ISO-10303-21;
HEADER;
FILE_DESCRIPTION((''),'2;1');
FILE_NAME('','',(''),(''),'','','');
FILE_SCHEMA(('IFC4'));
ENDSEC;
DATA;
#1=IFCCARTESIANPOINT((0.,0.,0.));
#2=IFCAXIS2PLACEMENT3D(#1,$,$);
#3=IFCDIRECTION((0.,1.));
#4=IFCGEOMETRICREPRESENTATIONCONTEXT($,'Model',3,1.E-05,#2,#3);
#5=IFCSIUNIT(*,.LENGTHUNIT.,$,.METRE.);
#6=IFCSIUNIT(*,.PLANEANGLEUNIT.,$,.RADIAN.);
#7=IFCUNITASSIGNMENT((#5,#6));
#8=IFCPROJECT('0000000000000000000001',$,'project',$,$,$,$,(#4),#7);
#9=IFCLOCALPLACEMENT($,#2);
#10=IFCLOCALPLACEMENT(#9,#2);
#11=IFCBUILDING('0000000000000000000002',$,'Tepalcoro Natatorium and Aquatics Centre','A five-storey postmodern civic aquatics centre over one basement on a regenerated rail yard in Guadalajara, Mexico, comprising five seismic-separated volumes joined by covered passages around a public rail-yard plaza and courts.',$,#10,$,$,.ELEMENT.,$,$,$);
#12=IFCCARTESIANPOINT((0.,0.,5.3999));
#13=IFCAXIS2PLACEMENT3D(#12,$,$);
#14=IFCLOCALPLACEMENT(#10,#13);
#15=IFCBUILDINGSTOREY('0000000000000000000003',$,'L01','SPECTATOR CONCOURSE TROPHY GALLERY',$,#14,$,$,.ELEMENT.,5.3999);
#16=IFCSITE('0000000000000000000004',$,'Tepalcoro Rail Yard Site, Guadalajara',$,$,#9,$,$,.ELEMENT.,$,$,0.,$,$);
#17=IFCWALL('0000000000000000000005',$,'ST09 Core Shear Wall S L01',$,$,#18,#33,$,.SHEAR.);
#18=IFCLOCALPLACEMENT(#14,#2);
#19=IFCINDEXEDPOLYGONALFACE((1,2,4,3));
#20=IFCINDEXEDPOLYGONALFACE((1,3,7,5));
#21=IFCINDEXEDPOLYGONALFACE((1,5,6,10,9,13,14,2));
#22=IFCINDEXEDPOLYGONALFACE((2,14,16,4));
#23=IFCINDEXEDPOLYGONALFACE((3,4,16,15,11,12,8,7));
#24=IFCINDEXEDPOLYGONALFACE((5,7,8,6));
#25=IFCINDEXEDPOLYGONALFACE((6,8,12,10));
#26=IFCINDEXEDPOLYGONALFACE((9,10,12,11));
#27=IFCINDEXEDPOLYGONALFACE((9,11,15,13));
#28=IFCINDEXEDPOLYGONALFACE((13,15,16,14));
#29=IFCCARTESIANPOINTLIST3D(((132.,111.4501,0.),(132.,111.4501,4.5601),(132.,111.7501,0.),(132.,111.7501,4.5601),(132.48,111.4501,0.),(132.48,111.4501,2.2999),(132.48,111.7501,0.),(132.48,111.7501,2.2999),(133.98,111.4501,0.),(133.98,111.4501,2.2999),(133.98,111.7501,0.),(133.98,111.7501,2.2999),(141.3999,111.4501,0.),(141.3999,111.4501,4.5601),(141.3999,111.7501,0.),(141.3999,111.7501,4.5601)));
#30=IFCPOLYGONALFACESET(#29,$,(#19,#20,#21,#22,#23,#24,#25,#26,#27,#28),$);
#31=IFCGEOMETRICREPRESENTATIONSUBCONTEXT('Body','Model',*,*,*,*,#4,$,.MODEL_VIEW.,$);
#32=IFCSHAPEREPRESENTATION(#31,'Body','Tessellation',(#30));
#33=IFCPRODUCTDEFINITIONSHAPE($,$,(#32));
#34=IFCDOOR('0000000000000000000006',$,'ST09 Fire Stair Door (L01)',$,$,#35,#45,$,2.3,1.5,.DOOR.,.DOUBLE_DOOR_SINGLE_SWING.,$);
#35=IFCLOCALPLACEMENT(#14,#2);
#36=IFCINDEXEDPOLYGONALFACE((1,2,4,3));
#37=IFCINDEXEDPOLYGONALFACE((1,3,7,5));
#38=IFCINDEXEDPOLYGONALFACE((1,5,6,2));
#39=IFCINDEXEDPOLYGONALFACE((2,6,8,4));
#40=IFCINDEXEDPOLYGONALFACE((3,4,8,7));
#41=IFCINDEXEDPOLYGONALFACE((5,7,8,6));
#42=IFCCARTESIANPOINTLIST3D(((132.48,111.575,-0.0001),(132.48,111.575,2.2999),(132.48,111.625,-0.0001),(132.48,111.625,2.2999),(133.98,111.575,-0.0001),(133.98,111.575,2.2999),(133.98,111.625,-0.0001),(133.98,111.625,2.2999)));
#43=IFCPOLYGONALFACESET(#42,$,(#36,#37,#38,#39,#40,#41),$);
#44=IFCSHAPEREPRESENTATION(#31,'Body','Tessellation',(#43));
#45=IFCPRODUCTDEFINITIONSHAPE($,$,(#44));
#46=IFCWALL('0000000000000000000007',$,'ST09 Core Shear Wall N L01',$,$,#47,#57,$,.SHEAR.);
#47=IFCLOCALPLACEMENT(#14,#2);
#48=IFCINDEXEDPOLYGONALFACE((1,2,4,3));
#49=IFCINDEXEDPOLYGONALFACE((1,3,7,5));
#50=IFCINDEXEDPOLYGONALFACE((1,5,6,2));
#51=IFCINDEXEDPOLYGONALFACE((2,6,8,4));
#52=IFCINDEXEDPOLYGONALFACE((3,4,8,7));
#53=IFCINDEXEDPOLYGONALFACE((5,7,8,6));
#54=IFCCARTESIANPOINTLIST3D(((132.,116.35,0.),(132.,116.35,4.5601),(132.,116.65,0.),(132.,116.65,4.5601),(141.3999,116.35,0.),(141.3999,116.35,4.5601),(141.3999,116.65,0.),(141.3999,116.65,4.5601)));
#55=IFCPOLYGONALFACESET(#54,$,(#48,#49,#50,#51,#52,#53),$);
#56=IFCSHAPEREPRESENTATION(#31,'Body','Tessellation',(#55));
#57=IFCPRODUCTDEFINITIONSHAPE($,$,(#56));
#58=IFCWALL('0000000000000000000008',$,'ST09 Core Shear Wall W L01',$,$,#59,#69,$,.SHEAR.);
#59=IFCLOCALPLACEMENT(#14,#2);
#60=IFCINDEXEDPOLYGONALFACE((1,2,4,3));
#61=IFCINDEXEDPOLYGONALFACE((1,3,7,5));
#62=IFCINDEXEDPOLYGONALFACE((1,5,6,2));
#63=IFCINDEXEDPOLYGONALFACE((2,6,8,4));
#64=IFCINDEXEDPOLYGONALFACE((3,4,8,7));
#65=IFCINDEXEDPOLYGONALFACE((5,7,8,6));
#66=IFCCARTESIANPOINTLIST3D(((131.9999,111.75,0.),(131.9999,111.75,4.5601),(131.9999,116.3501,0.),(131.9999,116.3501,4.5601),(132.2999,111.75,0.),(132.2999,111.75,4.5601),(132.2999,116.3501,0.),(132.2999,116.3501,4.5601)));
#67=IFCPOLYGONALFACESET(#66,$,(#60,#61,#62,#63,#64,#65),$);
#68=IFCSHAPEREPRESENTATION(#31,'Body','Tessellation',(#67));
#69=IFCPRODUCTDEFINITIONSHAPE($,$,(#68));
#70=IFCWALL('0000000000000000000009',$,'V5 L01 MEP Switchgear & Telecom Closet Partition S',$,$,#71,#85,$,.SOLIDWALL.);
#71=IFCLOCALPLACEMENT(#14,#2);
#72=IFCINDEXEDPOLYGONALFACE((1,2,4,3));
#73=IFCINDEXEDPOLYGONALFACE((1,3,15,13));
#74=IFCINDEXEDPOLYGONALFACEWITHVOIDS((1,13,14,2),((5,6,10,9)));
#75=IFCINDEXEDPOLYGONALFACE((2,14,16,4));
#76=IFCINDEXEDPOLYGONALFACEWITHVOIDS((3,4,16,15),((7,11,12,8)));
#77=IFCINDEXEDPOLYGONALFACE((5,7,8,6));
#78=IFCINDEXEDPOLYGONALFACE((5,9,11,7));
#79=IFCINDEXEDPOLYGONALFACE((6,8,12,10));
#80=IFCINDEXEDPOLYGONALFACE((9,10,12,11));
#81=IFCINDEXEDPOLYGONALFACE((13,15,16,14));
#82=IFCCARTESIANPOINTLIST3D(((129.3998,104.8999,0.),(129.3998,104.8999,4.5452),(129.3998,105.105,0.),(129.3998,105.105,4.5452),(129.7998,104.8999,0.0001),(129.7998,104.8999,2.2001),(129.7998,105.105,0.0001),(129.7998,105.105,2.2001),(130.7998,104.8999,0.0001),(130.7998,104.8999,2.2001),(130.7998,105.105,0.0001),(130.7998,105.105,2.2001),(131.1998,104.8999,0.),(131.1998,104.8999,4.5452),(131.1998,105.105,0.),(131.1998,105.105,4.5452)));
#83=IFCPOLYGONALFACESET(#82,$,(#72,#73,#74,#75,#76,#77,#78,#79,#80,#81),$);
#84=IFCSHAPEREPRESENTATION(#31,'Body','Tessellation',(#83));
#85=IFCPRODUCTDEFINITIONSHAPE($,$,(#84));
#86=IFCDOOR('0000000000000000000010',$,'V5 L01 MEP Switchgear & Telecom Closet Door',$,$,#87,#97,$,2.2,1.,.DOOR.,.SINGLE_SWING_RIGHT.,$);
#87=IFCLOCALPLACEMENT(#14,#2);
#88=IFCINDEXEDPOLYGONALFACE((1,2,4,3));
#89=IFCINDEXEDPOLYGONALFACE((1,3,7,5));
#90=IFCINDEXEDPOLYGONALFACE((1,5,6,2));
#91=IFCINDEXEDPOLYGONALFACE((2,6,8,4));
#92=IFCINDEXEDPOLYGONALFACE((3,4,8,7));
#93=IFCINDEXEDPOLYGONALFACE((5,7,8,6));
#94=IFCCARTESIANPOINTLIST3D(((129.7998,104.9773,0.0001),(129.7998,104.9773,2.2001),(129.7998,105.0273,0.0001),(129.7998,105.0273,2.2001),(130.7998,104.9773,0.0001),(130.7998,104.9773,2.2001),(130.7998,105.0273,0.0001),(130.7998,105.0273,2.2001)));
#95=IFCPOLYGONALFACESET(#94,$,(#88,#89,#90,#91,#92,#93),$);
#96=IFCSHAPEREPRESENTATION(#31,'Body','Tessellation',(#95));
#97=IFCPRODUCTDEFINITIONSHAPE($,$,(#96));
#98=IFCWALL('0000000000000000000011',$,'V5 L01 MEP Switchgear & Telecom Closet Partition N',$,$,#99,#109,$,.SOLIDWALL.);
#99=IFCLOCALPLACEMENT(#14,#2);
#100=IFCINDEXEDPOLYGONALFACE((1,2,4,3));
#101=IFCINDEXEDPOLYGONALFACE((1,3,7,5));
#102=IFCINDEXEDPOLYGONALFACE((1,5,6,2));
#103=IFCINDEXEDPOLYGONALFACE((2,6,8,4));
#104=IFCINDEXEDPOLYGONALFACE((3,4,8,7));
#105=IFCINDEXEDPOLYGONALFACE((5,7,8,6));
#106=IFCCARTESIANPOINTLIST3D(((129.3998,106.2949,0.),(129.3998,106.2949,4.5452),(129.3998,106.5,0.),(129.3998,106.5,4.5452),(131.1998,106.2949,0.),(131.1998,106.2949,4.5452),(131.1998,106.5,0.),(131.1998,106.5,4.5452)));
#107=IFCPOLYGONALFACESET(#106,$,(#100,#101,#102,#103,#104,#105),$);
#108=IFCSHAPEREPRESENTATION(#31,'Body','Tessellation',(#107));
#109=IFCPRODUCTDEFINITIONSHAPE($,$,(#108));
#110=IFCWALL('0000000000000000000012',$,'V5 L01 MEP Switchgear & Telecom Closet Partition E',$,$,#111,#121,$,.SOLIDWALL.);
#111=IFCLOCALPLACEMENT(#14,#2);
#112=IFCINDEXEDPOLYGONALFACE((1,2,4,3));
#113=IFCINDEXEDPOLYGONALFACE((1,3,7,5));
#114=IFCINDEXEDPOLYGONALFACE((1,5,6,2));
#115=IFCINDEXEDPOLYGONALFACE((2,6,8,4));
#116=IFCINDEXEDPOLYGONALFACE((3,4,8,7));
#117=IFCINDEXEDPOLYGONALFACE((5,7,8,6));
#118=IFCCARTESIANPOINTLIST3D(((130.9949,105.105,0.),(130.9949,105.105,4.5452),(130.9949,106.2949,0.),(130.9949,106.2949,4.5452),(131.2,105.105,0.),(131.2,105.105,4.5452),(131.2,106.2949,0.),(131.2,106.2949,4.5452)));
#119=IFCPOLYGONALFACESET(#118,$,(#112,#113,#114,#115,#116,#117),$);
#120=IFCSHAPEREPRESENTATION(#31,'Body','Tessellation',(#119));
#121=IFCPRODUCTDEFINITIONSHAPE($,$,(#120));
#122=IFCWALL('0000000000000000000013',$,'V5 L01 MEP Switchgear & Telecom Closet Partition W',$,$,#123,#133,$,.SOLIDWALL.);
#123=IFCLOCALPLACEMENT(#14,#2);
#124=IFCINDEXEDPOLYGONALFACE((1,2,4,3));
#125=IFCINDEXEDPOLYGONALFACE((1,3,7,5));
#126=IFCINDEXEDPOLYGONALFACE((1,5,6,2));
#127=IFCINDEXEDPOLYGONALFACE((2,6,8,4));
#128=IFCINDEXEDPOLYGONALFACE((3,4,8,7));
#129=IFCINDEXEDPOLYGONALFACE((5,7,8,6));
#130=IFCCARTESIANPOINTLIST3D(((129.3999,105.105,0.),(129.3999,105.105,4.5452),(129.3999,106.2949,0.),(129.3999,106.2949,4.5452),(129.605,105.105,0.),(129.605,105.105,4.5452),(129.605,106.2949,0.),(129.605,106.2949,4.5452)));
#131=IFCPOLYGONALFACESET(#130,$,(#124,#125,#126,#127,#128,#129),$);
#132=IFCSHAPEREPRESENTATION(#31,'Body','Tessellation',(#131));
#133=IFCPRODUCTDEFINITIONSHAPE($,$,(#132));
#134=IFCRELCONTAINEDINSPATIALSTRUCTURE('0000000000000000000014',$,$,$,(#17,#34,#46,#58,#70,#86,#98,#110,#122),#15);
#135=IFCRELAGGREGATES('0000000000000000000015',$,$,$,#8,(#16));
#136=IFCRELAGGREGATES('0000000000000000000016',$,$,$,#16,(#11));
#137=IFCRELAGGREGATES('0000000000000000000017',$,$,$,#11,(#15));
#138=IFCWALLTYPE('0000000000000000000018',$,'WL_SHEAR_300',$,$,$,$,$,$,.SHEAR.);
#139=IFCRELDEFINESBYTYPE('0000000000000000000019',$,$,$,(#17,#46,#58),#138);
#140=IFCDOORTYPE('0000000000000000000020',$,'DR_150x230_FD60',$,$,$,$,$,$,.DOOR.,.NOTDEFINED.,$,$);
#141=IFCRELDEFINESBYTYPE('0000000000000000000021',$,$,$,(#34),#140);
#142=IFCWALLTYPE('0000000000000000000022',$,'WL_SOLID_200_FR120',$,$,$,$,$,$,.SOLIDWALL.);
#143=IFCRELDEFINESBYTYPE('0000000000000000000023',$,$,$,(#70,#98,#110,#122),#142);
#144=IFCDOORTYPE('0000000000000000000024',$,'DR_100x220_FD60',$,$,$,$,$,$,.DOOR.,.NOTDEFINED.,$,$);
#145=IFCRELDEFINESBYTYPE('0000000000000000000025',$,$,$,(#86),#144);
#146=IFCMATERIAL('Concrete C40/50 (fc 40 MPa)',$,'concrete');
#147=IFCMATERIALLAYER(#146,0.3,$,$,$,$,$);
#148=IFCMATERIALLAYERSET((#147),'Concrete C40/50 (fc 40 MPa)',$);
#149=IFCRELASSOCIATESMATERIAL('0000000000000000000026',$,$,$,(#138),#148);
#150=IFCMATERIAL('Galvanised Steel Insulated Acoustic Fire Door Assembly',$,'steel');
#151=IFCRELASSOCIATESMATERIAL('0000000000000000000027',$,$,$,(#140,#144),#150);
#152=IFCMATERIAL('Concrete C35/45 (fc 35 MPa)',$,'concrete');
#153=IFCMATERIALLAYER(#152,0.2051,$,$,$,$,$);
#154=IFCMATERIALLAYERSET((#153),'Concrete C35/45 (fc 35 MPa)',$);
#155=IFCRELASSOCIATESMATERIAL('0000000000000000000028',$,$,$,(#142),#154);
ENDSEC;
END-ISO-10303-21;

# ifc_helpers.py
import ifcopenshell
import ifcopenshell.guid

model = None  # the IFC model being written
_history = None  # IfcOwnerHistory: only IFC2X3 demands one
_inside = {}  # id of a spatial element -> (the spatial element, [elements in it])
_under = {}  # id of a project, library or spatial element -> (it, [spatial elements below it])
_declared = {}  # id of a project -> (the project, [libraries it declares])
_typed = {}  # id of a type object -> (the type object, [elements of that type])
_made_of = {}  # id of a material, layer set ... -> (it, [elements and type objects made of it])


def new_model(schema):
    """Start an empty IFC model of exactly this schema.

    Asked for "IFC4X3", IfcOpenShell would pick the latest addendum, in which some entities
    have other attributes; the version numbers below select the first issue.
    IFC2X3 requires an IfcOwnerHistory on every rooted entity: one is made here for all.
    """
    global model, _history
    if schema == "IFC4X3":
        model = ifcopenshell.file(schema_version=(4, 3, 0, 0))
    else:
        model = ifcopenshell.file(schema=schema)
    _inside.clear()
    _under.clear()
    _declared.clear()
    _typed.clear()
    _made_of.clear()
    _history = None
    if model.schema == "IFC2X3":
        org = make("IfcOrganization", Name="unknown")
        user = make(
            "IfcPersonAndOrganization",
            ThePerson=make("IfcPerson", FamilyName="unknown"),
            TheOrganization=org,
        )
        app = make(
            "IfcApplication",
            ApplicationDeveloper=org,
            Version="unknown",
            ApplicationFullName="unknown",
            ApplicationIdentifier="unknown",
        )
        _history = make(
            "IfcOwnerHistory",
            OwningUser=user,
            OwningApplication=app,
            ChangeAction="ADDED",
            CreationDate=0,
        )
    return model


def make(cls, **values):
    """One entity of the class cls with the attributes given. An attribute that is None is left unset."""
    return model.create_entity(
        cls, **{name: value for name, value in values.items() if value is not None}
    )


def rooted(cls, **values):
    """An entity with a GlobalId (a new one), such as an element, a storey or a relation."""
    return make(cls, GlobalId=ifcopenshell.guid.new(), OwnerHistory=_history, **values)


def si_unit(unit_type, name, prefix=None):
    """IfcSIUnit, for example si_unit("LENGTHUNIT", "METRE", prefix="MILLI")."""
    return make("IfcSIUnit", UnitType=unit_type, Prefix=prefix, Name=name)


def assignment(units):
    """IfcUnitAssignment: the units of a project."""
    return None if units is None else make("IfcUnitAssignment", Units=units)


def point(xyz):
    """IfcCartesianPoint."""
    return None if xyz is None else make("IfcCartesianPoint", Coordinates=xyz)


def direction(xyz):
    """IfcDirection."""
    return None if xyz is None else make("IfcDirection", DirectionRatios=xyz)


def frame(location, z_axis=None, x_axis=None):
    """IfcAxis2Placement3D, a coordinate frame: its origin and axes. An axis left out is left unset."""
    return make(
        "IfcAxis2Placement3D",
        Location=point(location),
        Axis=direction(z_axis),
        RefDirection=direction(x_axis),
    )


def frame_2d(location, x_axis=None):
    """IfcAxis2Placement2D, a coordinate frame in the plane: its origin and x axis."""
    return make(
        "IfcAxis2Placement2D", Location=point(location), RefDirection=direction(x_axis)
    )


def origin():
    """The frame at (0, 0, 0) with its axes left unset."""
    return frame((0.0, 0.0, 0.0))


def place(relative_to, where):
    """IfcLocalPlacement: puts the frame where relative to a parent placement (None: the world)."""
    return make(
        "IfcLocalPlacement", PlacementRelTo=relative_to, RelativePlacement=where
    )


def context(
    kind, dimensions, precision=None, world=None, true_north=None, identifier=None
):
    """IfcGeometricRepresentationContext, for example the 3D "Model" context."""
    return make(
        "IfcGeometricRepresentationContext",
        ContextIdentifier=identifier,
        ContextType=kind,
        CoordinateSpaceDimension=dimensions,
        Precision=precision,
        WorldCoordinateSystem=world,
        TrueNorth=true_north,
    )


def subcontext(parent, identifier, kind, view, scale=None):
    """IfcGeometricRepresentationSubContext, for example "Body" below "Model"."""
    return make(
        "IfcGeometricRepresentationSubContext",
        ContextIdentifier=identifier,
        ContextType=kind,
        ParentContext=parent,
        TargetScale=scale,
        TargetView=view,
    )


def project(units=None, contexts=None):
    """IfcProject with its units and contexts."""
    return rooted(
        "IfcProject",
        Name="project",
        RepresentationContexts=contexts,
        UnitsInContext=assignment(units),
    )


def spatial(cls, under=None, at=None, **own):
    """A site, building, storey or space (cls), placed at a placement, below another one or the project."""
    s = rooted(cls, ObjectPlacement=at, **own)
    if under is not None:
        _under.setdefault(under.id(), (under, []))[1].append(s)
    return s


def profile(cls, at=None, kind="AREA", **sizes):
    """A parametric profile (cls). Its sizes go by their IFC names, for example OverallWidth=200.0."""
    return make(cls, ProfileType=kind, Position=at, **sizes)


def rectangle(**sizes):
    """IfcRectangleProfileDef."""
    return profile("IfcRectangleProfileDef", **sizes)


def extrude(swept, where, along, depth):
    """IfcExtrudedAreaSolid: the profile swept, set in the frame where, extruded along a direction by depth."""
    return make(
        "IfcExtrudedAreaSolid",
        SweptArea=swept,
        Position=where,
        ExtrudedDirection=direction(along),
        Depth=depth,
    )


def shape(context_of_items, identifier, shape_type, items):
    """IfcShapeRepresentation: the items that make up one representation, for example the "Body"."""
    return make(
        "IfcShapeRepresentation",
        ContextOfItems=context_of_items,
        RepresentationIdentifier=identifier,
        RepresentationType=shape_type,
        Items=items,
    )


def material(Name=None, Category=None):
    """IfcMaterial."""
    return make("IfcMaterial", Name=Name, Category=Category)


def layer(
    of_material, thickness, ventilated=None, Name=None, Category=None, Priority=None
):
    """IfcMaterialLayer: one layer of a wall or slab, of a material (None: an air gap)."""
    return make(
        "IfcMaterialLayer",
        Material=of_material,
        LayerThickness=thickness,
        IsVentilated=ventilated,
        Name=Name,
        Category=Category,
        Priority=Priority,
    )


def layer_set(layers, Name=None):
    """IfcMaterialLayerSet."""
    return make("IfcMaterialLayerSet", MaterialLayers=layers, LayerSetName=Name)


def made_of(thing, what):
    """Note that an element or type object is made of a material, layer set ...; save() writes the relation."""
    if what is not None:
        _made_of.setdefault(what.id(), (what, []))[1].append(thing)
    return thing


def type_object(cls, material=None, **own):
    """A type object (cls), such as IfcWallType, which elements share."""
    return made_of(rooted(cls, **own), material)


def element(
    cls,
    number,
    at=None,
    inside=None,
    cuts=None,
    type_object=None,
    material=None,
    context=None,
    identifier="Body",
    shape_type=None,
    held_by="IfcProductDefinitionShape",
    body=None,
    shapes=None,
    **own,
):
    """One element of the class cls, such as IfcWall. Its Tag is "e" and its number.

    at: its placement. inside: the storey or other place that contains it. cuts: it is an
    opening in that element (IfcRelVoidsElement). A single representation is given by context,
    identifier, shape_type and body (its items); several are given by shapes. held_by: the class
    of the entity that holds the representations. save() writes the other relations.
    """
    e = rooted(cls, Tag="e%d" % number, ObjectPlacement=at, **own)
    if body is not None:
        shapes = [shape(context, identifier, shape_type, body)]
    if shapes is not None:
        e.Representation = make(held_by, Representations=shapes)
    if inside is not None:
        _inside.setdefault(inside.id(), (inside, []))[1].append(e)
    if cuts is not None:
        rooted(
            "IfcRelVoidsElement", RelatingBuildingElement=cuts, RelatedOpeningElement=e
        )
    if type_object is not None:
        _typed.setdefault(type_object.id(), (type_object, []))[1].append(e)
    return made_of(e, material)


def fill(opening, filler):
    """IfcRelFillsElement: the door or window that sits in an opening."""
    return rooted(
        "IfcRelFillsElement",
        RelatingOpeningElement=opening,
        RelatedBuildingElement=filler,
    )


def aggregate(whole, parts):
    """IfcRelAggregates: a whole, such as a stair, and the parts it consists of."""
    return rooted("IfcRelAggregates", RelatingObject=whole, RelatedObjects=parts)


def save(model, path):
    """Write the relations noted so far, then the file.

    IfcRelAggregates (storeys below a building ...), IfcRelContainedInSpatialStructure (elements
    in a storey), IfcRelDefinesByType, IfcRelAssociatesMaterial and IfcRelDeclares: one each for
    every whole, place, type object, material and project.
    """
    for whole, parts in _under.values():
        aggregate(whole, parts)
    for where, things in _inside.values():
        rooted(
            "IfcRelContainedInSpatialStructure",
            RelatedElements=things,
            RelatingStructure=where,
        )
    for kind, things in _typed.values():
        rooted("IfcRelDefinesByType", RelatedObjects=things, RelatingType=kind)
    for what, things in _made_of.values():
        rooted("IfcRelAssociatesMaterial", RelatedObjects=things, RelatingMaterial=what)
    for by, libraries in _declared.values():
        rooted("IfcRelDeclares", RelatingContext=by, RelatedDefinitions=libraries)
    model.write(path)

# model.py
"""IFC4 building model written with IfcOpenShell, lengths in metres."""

from ifc_helpers import new_model, si_unit, direction, frame, frame_2d, origin, place, context, subcontext, project, spatial, rectangle, extrude, material, layer, layer_set, type_object, element, fill, save


model = new_model("IFC4")

# Units and contexts
model_context = context("Model", 3, precision=1e-05, world=origin(), true_north=direction((0.0, 1.0)))
body_context = subcontext(model_context, "Body", "Model", "MODEL_VIEW")
ifc_project = project(units=[si_unit("LENGTHUNIT", "METRE"), si_unit("PLANEANGLEUNIT", "RADIAN")], contexts=[model_context])

# Site, building, storey
site_placement = place(None, origin())
site = spatial("IfcSite", under=ifc_project, at=site_placement, Name="Tepalcoro Rail Yard Site, Guadalajara", CompositionType="ELEMENT", RefElevation=0.0)
building_placement = place(site_placement, origin())
building = spatial("IfcBuilding", under=site, at=building_placement, Name="Tepalcoro Natatorium and Aquatics Centre", Description="A five-storey postmodern civic aquatics centre over one basement on a regenerated rail yard in Guadalajara, Mexico, comprising five seismic-separated volumes joined by covered passages around a public rail-yard plaza and courts.", CompositionType="ELEMENT")
storey_placement = place(building_placement, frame((0.0, 0.0, 5.3999)))
storey = spatial("IfcBuildingStorey", under=building, at=storey_placement, Name="L01", Description="SPECTATOR CONCOURSE TROPHY GALLERY", CompositionType="ELEMENT", Elevation=5.3999)

# Shared definitions
ifc_material_1 = material(Name="Concrete C40/50 (fc 40 MPa)", Category="concrete")

# Wall, opening, door
ifc_layer_1 = layer(ifc_material_1, 0.3)
ifc_layer_set_1 = layer_set([ifc_layer_1], Name="Concrete C40/50 (fc 40 MPa)")
wall_type_1 = type_object("IfcWallType", Name="WL_SHEAR_300", PredefinedType="SHEAR", material=ifc_layer_set_1)
wall_1_placement = place(storey_placement, frame((132.0, 111.6001, 0.0), z_axis=(0.0, 0.0, 1.0), x_axis=(1.0, 0.0, 0.0)))
wall_1 = element("IfcWall", 1, at=wall_1_placement, inside=storey, type_object=wall_type_1, Name="ST09 Core Shear Wall S L01", PredefinedType="SHEAR", context=body_context, shape_type="SweptSolid", body=[
    extrude(rectangle(XDim=9.3999, YDim=0.3, at=frame_2d((4.7, 0.0))), origin(), (0.0, 0.0, 1.0), 4.5601),
])
opening_1_placement = place(wall_1_placement, frame((0.48, 0.0, 0.0)))
opening_1 = element("IfcOpeningElement", 2, at=opening_1_placement, cuts=wall_1, PredefinedType="OPENING", context=body_context, shape_type="SweptSolid", body=[
    extrude(rectangle(XDim=1.5, YDim=2.3, at=frame_2d((0.75, 1.1499))), frame((0.0, 0.1621, 0.0), z_axis=(0.0, -1.0, 0.0), x_axis=(1.0, 0.0, 0.0)), (0.0, 0.0, 1.0), 0.324),
])
ifc_material_2 = material(Name="Galvanised Steel Insulated Acoustic Fire Door Assembly", Category="steel")
door_type_1 = type_object("IfcDoorType", Name="DR_150x230_FD60", OperationType="NOTDEFINED", PredefinedType="DOOR", material=ifc_material_2)
door_1_placement = place(opening_1_placement, origin())
door_1 = element("IfcDoor", 3, at=door_1_placement, inside=storey, type_object=door_type_1, Name="ST09 Fire Stair Door (L01)", OperationType="DOUBLE_DOOR_SINGLE_SWING", OverallHeight=2.3, OverallWidth=1.5, PredefinedType="DOOR", context=body_context, shape_type="SweptSolid", body=[
    extrude(rectangle(XDim=1.5, YDim=2.3, at=frame_2d((0.75, 1.1499))), frame((0.0, 0.0249, 0.0), z_axis=(0.0, -1.0, 0.0), x_axis=(1.0, 0.0, 0.0)), (0.0, 0.0, 1.0), 0.05),
])
fill(opening_1, door_1)

# Walls
wall_2_placement = place(storey_placement, frame((132.0, 116.5, 0.0), z_axis=(0.0, 0.0, 1.0), x_axis=(1.0, 0.0, 0.0)))
element("IfcWall", 4, at=wall_2_placement, inside=storey, type_object=wall_type_1, Name="ST09 Core Shear Wall N L01", PredefinedType="SHEAR", context=body_context, shape_type="SweptSolid", body=[
    extrude(rectangle(XDim=9.3999, YDim=0.3, at=frame_2d((4.7, 0.0))), origin(), (0.0, 0.0, 1.0), 4.5601),
])
wall_3_placement = place(storey_placement, frame((132.1499, 111.75, 0.0), z_axis=(0.0, 0.0, 1.0), x_axis=(0.0, 1.0, 0.0)))
element("IfcWall", 5, at=wall_3_placement, inside=storey, type_object=wall_type_1, Name="ST09 Core Shear Wall W L01", PredefinedType="SHEAR", context=body_context, shape_type="SweptSolid", body=[
    extrude(rectangle(XDim=4.6001, YDim=0.3, at=frame_2d((2.3, 0.0))), origin(), (0.0, 0.0, 1.0), 4.5601),
])

# Wall, opening, door
ifc_material_3 = material(Name="Concrete C35/45 (fc 35 MPa)", Category="concrete")
ifc_layer_2 = layer(ifc_material_3, 0.2051)
ifc_layer_set_2 = layer_set([ifc_layer_2], Name="Concrete C35/45 (fc 35 MPa)")
wall_type_2 = type_object("IfcWallType", Name="WL_SOLID_200_FR120", PredefinedType="SOLIDWALL", material=ifc_layer_set_2)
wall_4_placement = place(storey_placement, frame((129.3999, 105.0024, 0.0), z_axis=(0.0, 0.0, 1.0), x_axis=(1.0, 0.0, 0.0)))
wall_4 = element("IfcWall", 6, at=wall_4_placement, inside=storey, type_object=wall_type_2, Name="V5 L01 MEP Switchgear & Telecom Closet Partition S", PredefinedType="SOLIDWALL", context=body_context, shape_type="SweptSolid", body=[
    extrude(rectangle(XDim=1.8, YDim=0.2051, at=frame_2d((0.8999, 0.0))), origin(), (0.0, 0.0, 1.0), 4.5452),
])
opening_2_placement = place(wall_4_placement, frame((0.3999, 0.0, 0.0)))
opening_2 = element("IfcOpeningElement", 7, at=opening_2_placement, cuts=wall_4, PredefinedType="OPENING", context=body_context, shape_type="SweptSolid", body=[
    extrude(rectangle(XDim=1.0, YDim=2.2, at=frame_2d((0.5, 1.1001))), frame((0.0, 0.1145, 0.0), z_axis=(0.0, -1.0, 0.0), x_axis=(1.0, 0.0, 0.0)), (0.0, 0.0, 1.0), 0.229),
])
door_type_2 = type_object("IfcDoorType", Name="DR_100x220_FD60", OperationType="NOTDEFINED", PredefinedType="DOOR", material=ifc_material_2)
door_2_placement = place(opening_2_placement, origin())
door_2 = element("IfcDoor", 8, at=door_2_placement, inside=storey, type_object=door_type_2, Name="V5 L01 MEP Switchgear & Telecom Closet Door", OperationType="SINGLE_SWING_RIGHT", OverallHeight=2.2, OverallWidth=1.0, PredefinedType="DOOR", context=body_context, shape_type="SweptSolid", body=[
    extrude(rectangle(XDim=1.0, YDim=2.2, at=frame_2d((0.5, 1.1001))), frame((0.0, 0.0249, 0.0), z_axis=(0.0, -1.0, 0.0), x_axis=(1.0, 0.0, 0.0)), (0.0, 0.0, 1.0), 0.05),
])
fill(opening_2, door_2)

# Walls
wall_5_placement = place(storey_placement, frame((129.3999, 106.3975, 0.0), z_axis=(0.0, 0.0, 1.0), x_axis=(1.0, 0.0, 0.0)))
element("IfcWall", 9, at=wall_5_placement, inside=storey, type_object=wall_type_2, Name="V5 L01 MEP Switchgear & Telecom Closet Partition N", PredefinedType="SOLIDWALL", context=body_context, shape_type="SweptSolid", body=[
    extrude(rectangle(XDim=1.8, YDim=0.2051, at=frame_2d((0.8999, 0.0))), origin(), (0.0, 0.0, 1.0), 4.5452),
])
for number, where, z_axis, x_axis, name in (
    (10, (131.0974, 105.105, 0.0), (0.0, 0.0, 1.0), (0.0, 1.0, 0.0), "V5 L01 MEP Switchgear & Telecom Closet Partition E"),
    (11, (129.5024, 105.105, 0.0), (0.0, 0.0, 1.0), (0.0, 1.0, 0.0), "V5 L01 MEP Switchgear & Telecom Closet Partition W"),
):
    element("IfcWall", number, at=place(storey_placement, frame(where, z_axis=z_axis, x_axis=x_axis)), inside=storey, type_object=wall_type_2, Name=name, PredefinedType="SOLIDWALL", context=body_context, shape_type="SweptSolid", body=[
        extrude(rectangle(XDim=1.1899, YDim=0.2051, at=frame_2d((0.595, 0.0))), origin(), (0.0, 0.0, 1.0), 4.5452),
    ])

save(model, "model.ifc")
